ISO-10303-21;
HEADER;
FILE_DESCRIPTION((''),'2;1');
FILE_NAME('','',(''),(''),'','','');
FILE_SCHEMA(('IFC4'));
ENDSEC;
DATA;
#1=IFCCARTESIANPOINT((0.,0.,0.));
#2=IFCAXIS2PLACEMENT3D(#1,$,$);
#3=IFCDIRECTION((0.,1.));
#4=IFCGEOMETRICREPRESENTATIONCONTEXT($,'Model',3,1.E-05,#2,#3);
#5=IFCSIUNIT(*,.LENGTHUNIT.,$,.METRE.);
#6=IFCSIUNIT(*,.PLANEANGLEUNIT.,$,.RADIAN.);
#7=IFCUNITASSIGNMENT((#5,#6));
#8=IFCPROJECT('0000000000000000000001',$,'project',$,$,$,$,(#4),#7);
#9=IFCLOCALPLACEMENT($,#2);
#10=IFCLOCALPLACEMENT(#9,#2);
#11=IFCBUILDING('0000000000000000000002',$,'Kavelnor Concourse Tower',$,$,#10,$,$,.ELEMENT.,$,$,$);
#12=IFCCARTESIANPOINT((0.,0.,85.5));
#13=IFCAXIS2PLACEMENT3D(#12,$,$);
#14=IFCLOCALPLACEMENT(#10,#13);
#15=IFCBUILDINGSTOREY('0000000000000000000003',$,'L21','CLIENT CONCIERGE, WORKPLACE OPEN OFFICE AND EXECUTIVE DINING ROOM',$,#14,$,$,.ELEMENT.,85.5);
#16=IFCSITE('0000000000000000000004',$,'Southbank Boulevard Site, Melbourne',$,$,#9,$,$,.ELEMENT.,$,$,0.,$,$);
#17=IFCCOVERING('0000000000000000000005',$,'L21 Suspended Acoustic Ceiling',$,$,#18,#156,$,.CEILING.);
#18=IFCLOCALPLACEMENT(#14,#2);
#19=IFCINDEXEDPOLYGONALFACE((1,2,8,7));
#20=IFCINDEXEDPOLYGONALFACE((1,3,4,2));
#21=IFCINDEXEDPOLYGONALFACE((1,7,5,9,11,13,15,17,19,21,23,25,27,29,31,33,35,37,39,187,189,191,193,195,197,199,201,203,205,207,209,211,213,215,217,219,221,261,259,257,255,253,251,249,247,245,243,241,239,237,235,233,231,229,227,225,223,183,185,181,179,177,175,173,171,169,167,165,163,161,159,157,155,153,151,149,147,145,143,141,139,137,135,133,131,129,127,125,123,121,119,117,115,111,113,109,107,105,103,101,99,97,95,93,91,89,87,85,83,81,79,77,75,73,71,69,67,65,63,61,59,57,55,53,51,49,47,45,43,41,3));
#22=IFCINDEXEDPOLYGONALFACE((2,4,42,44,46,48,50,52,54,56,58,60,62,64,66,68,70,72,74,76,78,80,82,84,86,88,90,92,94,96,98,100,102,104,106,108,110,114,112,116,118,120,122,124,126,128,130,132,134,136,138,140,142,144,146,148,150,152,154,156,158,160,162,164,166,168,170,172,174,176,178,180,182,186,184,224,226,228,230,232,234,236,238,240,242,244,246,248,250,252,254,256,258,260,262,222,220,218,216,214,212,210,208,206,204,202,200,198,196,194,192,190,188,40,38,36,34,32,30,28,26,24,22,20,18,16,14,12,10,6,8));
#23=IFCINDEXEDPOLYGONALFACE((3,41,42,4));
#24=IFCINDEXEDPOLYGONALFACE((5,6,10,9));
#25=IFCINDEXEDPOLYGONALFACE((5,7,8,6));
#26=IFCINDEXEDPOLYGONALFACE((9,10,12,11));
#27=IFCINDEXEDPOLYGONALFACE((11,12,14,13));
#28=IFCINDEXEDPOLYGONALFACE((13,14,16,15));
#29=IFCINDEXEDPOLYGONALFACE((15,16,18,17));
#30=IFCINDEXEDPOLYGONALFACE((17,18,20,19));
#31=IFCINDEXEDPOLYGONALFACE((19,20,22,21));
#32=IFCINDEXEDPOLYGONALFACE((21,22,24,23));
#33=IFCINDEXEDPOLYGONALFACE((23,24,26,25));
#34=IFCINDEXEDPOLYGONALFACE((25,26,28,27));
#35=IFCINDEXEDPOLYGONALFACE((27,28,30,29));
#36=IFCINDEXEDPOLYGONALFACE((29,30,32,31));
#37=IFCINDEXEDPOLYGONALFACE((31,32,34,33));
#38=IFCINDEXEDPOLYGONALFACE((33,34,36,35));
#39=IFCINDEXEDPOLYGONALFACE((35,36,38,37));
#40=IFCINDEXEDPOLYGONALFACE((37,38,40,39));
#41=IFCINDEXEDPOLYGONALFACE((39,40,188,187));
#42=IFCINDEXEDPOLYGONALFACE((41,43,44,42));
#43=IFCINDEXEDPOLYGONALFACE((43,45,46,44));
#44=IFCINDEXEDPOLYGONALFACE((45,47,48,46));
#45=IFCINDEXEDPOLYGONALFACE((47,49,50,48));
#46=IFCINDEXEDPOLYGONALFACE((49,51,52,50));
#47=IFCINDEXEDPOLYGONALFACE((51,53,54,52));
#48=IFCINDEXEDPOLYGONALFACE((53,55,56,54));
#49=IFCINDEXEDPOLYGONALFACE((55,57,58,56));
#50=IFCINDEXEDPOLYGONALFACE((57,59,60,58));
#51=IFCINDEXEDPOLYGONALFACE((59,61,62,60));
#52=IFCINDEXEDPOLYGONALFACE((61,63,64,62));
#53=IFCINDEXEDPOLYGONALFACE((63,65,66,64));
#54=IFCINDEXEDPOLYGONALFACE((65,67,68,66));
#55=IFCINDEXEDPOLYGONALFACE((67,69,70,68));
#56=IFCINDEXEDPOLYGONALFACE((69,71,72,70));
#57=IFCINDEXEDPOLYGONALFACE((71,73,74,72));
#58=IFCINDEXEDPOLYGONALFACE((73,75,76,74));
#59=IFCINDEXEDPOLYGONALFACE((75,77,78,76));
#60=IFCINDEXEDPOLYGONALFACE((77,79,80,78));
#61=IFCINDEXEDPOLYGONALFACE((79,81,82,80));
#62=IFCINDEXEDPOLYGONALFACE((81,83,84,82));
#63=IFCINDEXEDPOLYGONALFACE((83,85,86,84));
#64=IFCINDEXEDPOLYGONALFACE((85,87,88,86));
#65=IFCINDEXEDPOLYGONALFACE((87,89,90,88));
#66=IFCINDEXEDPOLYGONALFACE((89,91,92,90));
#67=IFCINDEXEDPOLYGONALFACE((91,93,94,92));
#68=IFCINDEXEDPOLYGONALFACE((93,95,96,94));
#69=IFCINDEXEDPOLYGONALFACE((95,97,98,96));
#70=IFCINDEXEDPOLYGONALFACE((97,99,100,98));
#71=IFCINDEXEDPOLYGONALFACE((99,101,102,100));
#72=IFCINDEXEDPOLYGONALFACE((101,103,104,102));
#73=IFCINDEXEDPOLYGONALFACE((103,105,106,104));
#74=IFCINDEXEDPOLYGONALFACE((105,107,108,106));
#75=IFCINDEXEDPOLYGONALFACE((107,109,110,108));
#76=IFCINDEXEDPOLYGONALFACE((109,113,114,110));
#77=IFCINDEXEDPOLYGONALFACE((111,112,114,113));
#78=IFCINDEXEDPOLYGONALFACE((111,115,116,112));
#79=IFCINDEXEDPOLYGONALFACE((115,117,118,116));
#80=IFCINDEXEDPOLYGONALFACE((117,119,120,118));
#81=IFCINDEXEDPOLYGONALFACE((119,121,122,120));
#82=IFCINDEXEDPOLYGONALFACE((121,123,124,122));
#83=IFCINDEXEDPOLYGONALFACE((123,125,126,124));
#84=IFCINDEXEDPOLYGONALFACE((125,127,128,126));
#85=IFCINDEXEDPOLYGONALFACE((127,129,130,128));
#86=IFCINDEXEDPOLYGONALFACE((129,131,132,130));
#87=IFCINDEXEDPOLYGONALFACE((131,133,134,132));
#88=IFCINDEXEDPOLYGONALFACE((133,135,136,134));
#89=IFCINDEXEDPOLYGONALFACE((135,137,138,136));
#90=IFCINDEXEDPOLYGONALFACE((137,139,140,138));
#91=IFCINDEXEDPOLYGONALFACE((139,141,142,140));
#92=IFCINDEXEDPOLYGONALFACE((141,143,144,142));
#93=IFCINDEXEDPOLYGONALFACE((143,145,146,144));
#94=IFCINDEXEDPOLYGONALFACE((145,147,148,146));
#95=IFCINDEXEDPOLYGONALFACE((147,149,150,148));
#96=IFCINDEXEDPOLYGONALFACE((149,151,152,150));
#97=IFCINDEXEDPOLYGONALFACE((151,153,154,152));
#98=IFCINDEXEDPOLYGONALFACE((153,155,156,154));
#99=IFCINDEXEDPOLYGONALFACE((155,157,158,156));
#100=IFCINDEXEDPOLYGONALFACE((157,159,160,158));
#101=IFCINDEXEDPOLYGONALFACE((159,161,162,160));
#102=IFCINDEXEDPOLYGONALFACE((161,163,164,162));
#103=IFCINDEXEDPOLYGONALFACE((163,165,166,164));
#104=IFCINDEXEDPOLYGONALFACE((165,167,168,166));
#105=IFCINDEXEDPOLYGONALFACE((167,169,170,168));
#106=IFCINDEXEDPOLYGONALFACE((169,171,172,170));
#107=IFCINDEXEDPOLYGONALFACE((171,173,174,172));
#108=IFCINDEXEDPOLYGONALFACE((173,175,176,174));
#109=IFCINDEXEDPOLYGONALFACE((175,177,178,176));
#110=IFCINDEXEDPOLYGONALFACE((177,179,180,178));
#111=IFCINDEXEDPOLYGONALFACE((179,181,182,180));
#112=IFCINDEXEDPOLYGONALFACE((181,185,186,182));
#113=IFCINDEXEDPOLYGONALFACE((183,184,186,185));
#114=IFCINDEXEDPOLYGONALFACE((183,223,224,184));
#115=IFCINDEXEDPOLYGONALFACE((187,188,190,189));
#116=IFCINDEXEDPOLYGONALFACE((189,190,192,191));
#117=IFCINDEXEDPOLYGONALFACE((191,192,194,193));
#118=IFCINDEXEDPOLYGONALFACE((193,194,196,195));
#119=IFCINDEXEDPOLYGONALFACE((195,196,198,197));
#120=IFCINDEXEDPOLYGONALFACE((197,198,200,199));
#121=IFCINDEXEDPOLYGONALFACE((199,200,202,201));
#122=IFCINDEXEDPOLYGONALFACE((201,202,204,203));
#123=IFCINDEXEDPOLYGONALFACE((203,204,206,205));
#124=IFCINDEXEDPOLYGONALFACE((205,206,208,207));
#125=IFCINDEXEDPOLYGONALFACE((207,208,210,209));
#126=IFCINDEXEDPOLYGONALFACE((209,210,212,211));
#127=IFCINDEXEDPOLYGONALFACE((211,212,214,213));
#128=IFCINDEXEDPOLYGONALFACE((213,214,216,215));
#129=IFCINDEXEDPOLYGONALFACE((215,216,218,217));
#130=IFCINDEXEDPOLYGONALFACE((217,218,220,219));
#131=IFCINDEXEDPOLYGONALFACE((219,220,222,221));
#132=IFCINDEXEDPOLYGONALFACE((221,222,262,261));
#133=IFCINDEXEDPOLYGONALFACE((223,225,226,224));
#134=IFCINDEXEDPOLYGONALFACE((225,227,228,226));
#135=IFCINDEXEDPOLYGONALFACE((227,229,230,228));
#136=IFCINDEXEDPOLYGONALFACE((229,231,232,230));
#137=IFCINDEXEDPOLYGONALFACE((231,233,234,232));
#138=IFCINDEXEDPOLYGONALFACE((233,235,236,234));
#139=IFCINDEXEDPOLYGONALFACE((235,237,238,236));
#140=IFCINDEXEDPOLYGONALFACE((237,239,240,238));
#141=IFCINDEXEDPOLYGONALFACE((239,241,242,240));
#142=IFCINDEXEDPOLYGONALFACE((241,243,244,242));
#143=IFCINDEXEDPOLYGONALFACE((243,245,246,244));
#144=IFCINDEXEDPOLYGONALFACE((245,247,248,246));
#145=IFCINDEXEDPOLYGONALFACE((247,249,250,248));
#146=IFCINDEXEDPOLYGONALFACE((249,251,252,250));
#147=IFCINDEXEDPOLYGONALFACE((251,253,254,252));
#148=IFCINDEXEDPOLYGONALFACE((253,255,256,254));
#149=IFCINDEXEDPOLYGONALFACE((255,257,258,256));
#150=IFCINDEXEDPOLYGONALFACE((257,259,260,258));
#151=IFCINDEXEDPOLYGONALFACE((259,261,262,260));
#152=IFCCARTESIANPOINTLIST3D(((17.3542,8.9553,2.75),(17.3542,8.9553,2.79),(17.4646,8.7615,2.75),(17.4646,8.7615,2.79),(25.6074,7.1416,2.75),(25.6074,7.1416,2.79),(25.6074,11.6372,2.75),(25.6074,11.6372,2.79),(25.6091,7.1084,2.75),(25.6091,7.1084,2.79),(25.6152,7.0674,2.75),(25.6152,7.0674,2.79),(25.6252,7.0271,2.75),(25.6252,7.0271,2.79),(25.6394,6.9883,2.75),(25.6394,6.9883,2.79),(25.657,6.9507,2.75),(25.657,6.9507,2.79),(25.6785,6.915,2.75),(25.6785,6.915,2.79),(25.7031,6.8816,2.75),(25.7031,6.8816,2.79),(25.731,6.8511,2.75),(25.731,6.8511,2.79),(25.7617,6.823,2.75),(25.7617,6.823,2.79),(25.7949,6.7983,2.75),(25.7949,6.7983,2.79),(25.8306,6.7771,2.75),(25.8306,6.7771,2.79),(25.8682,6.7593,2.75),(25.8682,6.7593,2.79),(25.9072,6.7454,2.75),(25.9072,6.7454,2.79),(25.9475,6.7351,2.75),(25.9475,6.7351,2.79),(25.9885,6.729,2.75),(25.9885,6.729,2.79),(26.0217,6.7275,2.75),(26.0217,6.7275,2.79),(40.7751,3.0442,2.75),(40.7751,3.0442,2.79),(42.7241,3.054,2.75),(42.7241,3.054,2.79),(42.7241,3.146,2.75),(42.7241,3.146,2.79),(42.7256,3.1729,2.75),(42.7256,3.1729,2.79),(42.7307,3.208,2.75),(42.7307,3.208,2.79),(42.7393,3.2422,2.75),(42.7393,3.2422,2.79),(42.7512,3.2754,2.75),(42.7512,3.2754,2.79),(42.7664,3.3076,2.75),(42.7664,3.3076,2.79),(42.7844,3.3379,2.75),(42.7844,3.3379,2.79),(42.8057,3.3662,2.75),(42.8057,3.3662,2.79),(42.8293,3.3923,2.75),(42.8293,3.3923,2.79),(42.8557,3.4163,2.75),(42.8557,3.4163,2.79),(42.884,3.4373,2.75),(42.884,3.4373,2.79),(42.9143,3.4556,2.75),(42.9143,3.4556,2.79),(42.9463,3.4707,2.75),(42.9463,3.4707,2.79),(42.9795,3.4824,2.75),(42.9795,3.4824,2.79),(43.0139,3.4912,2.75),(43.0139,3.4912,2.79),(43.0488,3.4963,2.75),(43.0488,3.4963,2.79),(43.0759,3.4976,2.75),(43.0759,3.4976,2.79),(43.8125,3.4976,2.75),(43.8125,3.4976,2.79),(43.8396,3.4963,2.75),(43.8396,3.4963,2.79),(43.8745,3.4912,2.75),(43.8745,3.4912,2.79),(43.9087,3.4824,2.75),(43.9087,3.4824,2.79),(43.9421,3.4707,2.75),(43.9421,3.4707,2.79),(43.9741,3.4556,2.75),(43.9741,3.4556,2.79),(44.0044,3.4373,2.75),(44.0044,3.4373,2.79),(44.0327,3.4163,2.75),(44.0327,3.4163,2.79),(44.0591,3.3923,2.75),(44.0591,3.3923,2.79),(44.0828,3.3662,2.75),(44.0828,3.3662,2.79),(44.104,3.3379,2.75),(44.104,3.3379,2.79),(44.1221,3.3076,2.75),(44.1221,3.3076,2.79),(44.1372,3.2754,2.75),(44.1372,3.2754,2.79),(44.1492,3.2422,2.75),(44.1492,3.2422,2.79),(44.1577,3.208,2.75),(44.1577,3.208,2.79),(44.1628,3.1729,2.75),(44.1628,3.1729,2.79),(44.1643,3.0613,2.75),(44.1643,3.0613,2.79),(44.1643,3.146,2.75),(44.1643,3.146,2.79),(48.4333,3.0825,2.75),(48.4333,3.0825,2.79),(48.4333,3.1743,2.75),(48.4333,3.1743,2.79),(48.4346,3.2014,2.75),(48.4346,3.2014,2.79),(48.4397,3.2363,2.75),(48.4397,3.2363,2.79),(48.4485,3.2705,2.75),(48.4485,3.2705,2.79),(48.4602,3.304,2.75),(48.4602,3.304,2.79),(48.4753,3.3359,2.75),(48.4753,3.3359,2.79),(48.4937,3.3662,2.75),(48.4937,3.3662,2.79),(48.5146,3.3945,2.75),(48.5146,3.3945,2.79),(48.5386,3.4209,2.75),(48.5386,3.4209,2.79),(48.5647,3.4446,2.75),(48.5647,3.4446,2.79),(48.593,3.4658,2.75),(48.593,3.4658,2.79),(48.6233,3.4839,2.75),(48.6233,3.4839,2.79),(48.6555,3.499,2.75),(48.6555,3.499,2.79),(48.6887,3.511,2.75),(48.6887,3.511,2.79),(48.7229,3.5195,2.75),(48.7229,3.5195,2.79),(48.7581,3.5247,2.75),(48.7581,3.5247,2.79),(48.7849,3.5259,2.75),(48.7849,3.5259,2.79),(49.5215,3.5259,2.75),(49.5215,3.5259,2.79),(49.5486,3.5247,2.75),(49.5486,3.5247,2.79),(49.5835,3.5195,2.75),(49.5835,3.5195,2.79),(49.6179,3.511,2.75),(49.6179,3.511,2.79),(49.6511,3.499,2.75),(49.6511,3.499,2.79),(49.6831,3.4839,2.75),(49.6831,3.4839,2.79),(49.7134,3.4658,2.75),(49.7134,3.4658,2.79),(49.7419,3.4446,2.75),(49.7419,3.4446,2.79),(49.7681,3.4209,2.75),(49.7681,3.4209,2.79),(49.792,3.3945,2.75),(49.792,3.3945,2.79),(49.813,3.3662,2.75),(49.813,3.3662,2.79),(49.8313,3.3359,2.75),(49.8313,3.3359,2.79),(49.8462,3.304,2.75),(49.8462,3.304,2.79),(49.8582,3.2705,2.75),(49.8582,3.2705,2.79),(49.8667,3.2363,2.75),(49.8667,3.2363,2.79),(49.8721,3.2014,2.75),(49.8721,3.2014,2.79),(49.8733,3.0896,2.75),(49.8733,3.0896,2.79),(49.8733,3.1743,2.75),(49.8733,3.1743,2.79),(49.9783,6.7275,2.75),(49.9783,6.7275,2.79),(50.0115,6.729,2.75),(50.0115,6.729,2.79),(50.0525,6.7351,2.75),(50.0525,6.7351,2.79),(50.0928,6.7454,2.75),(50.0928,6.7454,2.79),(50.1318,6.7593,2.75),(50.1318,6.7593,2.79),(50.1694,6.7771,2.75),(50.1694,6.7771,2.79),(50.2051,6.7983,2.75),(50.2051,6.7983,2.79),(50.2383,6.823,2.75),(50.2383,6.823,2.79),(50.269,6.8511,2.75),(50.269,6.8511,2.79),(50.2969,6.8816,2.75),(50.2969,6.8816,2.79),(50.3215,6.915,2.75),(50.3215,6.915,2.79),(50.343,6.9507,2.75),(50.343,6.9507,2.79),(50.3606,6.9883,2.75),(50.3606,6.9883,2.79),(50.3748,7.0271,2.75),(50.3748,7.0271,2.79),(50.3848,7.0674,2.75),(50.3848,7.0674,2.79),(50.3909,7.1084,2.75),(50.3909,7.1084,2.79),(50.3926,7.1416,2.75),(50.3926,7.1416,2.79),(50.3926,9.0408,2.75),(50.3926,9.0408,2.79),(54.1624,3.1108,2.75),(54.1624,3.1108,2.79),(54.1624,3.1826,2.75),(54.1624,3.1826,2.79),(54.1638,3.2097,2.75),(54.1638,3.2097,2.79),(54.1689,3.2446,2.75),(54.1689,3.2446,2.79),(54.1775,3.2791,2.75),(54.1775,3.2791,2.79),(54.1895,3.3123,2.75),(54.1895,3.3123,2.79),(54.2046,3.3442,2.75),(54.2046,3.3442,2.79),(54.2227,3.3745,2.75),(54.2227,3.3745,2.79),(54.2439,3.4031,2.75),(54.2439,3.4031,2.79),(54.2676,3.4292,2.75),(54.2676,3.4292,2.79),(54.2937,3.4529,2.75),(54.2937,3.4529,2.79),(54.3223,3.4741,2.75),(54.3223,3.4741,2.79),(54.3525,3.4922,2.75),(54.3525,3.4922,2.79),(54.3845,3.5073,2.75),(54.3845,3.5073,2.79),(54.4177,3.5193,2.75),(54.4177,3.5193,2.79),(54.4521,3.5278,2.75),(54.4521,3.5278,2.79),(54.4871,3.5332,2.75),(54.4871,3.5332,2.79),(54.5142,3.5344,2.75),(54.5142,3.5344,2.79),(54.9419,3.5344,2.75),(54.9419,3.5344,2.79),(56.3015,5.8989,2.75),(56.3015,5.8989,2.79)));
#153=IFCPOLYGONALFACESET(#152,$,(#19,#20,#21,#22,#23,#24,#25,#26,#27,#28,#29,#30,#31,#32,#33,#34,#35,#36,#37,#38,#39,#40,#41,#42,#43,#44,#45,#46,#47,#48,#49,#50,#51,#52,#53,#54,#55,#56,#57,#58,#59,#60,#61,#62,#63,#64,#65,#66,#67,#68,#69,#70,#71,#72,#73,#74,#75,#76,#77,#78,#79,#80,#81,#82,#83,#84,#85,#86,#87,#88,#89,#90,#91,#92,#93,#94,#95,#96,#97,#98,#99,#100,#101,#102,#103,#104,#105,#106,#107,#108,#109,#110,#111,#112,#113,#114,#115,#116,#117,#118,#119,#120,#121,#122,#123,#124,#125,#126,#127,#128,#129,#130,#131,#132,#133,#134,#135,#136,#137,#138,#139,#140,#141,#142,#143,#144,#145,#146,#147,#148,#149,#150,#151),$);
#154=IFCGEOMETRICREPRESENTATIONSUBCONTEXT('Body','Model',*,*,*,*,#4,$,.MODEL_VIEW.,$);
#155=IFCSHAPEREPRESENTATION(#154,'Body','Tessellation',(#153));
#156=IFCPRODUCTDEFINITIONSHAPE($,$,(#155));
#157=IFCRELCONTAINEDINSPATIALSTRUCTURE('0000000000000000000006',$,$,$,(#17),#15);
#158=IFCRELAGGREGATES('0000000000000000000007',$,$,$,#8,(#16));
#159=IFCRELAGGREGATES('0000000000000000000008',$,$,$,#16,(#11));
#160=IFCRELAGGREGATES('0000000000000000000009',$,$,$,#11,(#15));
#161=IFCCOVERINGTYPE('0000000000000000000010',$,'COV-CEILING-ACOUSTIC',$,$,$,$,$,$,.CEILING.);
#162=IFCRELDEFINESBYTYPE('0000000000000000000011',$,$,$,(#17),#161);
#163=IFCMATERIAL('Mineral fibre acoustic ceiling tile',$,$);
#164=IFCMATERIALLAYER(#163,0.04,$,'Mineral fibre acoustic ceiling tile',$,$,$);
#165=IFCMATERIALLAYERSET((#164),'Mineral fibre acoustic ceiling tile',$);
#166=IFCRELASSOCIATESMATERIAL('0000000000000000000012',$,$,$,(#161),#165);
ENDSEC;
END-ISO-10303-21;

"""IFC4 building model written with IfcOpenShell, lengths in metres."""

from ifc_helpers import new_model, si_unit, direction, frame, origin, place, context, subcontext, project, spatial, polyline, outline, extrude, material, layer, layer_set, type_object, element, save


model = new_model("IFC4")

# Units and contexts
model_context = context("Model", 3, precision=1e-05, world=origin(), true_north=direction((0.0, 1.0)))
body_context = subcontext(model_context, "Body", "Model", "MODEL_VIEW")
ifc_project = project(units=[si_unit("LENGTHUNIT", "METRE"), si_unit("PLANEANGLEUNIT", "RADIAN")], contexts=[model_context])

# Site, building, storey
site_placement = place(None, origin())
site = spatial("IfcSite", under=ifc_project, at=site_placement, Name="Southbank Boulevard Site, Melbourne", CompositionType="ELEMENT", RefElevation=0.0)
building_placement = place(site_placement, origin())
building = spatial("IfcBuilding", under=site, at=building_placement, Name="Kavelnor Concourse Tower", CompositionType="ELEMENT")
storey_placement = place(building_placement, frame((0.0, 0.0, 85.5)))
storey = spatial("IfcBuildingStorey", under=building, at=storey_placement, Name="L21", Description="CLIENT CONCIERGE, WORKPLACE OPEN OFFICE AND EXECUTIVE DINING ROOM", CompositionType="ELEMENT", Elevation=85.5)

# Covering
ifc_material_1 = material(Name="Mineral fibre acoustic ceiling tile")
ifc_layer_1 = layer(ifc_material_1, 0.04, Name="Mineral fibre acoustic ceiling tile")
ifc_layer_set_1 = layer_set([ifc_layer_1], Name="Mineral fibre acoustic ceiling tile")
covering_type = type_object("IfcCoveringType", Name="COV-CEILING-ACOUSTIC", PredefinedType="CEILING", material=ifc_layer_set_1)
covering_1_placement = place(storey_placement, frame((0.0, 0.0, 2.75)))
element("IfcCovering", 1, at=covering_1_placement, inside=storey, type_object=covering_type, Name="L21 Suspended Acoustic Ceiling", PredefinedType="CEILING", context=body_context, shape_type="SweptSolid", body=[
    extrude(outline(polyline([(25.6152, 7.0674), (25.6252, 7.0271), (25.6394, 6.9883), (25.657, 6.9507), (25.6785, 6.915), (25.7031, 6.8816), (25.731, 6.8511), (25.7617, 6.823), (25.7949, 6.7983), (25.8306, 6.7771), (25.8682, 6.7593), (25.9072, 6.7454), (25.9475, 6.7351), (25.9885, 6.729), (26.0217, 6.7275), (49.9783, 6.7275), (50.0115, 6.729), (50.0525, 6.7351), (50.0928, 6.7454), (50.1318, 6.7593), (50.1694, 6.7771), (50.2051, 6.7983), (50.2383, 6.823), (50.269, 6.8511), (50.2969, 6.8816), (50.3215, 6.915), (50.343, 6.9507), (50.3606, 6.9883), (50.3748, 7.0271), (50.3848, 7.0674), (50.3909, 7.1084), (50.3926, 7.1416), (50.3926, 9.0408), (56.3015, 5.8989), (54.9419, 3.5344), (54.5142, 3.5344), (54.4871, 3.5332), (54.4521, 3.5278), (54.4177, 3.5193), (54.3845, 3.5073), (54.3525, 3.4922), (54.3223, 3.4741), (54.2937, 3.4529), (54.2676, 3.4292), (54.2439, 3.4031), (54.2227, 3.3745), (54.2046, 3.3442), (54.1895, 3.3123), (54.1775, 3.2791), (54.1689, 3.2446), (54.1638, 3.2097), (54.1624, 3.1826), (54.1624, 3.1108), (49.8733, 3.0896), (49.8733, 3.1743), (49.8721, 3.2014), (49.8667, 3.2363), (49.8582, 3.2705), (49.8462, 3.304), (49.8313, 3.3359), (49.813, 3.3662), (49.792, 3.3945), (49.7681, 3.4209), (49.7419, 3.4446), (49.7134, 3.4658), (49.6831, 3.4839), (49.6511, 3.499), (49.6179, 3.511), (49.5835, 3.5195), (49.5486, 3.5247), (49.5215, 3.5259), (48.7849, 3.5259), (48.7581, 3.5247), (48.7229, 3.5195), (48.6887, 3.511), (48.6555, 3.499), (48.6233, 3.4839), (48.593, 3.4658), (48.5647, 3.4446), (48.5386, 3.4209), (48.5146, 3.3945), (48.4937, 3.3662), (48.4753, 3.3359), (48.4602, 3.304), (48.4485, 3.2705), (48.4397, 3.2363), (48.4346, 3.2014), (48.4333, 3.1743), (48.4333, 3.0825), (44.1643, 3.0613), (44.1643, 3.146), (44.1628, 3.1729), (44.1577, 3.208), (44.1492, 3.2422), (44.1372, 3.2754), (44.1221, 3.3076), (44.104, 3.3379), (44.0828, 3.3662), (44.0591, 3.3923), (44.0327, 3.4163), (44.0044, 3.4373), (43.9741, 3.4556), (43.9421, 3.4707), (43.9087, 3.4824), (43.8745, 3.4912), (43.8396, 3.4963), (43.8125, 3.4976), (43.0759, 3.4976), (43.0488, 3.4963), (43.0139, 3.4912), (42.9795, 3.4824), (42.9463, 3.4707), (42.9143, 3.4556), (42.884, 3.4373), (42.8557, 3.4163), (42.8293, 3.3923), (42.8057, 3.3662), (42.7844, 3.3379), (42.7664, 3.3076), (42.7512, 3.2754), (42.7393, 3.2422), (42.7307, 3.208), (42.7256, 3.1729), (42.7241, 3.146), (42.7241, 3.054), (40.7751, 3.0442), (17.4646, 8.7615), (17.3542, 8.9553), (25.6074, 11.6372), (25.6074, 7.1416), (25.6091, 7.1084), (25.6152, 7.0674)])), origin(), (0.0, 0.0, 1.0), 0.04),
])

save(model, "model.ifc")
